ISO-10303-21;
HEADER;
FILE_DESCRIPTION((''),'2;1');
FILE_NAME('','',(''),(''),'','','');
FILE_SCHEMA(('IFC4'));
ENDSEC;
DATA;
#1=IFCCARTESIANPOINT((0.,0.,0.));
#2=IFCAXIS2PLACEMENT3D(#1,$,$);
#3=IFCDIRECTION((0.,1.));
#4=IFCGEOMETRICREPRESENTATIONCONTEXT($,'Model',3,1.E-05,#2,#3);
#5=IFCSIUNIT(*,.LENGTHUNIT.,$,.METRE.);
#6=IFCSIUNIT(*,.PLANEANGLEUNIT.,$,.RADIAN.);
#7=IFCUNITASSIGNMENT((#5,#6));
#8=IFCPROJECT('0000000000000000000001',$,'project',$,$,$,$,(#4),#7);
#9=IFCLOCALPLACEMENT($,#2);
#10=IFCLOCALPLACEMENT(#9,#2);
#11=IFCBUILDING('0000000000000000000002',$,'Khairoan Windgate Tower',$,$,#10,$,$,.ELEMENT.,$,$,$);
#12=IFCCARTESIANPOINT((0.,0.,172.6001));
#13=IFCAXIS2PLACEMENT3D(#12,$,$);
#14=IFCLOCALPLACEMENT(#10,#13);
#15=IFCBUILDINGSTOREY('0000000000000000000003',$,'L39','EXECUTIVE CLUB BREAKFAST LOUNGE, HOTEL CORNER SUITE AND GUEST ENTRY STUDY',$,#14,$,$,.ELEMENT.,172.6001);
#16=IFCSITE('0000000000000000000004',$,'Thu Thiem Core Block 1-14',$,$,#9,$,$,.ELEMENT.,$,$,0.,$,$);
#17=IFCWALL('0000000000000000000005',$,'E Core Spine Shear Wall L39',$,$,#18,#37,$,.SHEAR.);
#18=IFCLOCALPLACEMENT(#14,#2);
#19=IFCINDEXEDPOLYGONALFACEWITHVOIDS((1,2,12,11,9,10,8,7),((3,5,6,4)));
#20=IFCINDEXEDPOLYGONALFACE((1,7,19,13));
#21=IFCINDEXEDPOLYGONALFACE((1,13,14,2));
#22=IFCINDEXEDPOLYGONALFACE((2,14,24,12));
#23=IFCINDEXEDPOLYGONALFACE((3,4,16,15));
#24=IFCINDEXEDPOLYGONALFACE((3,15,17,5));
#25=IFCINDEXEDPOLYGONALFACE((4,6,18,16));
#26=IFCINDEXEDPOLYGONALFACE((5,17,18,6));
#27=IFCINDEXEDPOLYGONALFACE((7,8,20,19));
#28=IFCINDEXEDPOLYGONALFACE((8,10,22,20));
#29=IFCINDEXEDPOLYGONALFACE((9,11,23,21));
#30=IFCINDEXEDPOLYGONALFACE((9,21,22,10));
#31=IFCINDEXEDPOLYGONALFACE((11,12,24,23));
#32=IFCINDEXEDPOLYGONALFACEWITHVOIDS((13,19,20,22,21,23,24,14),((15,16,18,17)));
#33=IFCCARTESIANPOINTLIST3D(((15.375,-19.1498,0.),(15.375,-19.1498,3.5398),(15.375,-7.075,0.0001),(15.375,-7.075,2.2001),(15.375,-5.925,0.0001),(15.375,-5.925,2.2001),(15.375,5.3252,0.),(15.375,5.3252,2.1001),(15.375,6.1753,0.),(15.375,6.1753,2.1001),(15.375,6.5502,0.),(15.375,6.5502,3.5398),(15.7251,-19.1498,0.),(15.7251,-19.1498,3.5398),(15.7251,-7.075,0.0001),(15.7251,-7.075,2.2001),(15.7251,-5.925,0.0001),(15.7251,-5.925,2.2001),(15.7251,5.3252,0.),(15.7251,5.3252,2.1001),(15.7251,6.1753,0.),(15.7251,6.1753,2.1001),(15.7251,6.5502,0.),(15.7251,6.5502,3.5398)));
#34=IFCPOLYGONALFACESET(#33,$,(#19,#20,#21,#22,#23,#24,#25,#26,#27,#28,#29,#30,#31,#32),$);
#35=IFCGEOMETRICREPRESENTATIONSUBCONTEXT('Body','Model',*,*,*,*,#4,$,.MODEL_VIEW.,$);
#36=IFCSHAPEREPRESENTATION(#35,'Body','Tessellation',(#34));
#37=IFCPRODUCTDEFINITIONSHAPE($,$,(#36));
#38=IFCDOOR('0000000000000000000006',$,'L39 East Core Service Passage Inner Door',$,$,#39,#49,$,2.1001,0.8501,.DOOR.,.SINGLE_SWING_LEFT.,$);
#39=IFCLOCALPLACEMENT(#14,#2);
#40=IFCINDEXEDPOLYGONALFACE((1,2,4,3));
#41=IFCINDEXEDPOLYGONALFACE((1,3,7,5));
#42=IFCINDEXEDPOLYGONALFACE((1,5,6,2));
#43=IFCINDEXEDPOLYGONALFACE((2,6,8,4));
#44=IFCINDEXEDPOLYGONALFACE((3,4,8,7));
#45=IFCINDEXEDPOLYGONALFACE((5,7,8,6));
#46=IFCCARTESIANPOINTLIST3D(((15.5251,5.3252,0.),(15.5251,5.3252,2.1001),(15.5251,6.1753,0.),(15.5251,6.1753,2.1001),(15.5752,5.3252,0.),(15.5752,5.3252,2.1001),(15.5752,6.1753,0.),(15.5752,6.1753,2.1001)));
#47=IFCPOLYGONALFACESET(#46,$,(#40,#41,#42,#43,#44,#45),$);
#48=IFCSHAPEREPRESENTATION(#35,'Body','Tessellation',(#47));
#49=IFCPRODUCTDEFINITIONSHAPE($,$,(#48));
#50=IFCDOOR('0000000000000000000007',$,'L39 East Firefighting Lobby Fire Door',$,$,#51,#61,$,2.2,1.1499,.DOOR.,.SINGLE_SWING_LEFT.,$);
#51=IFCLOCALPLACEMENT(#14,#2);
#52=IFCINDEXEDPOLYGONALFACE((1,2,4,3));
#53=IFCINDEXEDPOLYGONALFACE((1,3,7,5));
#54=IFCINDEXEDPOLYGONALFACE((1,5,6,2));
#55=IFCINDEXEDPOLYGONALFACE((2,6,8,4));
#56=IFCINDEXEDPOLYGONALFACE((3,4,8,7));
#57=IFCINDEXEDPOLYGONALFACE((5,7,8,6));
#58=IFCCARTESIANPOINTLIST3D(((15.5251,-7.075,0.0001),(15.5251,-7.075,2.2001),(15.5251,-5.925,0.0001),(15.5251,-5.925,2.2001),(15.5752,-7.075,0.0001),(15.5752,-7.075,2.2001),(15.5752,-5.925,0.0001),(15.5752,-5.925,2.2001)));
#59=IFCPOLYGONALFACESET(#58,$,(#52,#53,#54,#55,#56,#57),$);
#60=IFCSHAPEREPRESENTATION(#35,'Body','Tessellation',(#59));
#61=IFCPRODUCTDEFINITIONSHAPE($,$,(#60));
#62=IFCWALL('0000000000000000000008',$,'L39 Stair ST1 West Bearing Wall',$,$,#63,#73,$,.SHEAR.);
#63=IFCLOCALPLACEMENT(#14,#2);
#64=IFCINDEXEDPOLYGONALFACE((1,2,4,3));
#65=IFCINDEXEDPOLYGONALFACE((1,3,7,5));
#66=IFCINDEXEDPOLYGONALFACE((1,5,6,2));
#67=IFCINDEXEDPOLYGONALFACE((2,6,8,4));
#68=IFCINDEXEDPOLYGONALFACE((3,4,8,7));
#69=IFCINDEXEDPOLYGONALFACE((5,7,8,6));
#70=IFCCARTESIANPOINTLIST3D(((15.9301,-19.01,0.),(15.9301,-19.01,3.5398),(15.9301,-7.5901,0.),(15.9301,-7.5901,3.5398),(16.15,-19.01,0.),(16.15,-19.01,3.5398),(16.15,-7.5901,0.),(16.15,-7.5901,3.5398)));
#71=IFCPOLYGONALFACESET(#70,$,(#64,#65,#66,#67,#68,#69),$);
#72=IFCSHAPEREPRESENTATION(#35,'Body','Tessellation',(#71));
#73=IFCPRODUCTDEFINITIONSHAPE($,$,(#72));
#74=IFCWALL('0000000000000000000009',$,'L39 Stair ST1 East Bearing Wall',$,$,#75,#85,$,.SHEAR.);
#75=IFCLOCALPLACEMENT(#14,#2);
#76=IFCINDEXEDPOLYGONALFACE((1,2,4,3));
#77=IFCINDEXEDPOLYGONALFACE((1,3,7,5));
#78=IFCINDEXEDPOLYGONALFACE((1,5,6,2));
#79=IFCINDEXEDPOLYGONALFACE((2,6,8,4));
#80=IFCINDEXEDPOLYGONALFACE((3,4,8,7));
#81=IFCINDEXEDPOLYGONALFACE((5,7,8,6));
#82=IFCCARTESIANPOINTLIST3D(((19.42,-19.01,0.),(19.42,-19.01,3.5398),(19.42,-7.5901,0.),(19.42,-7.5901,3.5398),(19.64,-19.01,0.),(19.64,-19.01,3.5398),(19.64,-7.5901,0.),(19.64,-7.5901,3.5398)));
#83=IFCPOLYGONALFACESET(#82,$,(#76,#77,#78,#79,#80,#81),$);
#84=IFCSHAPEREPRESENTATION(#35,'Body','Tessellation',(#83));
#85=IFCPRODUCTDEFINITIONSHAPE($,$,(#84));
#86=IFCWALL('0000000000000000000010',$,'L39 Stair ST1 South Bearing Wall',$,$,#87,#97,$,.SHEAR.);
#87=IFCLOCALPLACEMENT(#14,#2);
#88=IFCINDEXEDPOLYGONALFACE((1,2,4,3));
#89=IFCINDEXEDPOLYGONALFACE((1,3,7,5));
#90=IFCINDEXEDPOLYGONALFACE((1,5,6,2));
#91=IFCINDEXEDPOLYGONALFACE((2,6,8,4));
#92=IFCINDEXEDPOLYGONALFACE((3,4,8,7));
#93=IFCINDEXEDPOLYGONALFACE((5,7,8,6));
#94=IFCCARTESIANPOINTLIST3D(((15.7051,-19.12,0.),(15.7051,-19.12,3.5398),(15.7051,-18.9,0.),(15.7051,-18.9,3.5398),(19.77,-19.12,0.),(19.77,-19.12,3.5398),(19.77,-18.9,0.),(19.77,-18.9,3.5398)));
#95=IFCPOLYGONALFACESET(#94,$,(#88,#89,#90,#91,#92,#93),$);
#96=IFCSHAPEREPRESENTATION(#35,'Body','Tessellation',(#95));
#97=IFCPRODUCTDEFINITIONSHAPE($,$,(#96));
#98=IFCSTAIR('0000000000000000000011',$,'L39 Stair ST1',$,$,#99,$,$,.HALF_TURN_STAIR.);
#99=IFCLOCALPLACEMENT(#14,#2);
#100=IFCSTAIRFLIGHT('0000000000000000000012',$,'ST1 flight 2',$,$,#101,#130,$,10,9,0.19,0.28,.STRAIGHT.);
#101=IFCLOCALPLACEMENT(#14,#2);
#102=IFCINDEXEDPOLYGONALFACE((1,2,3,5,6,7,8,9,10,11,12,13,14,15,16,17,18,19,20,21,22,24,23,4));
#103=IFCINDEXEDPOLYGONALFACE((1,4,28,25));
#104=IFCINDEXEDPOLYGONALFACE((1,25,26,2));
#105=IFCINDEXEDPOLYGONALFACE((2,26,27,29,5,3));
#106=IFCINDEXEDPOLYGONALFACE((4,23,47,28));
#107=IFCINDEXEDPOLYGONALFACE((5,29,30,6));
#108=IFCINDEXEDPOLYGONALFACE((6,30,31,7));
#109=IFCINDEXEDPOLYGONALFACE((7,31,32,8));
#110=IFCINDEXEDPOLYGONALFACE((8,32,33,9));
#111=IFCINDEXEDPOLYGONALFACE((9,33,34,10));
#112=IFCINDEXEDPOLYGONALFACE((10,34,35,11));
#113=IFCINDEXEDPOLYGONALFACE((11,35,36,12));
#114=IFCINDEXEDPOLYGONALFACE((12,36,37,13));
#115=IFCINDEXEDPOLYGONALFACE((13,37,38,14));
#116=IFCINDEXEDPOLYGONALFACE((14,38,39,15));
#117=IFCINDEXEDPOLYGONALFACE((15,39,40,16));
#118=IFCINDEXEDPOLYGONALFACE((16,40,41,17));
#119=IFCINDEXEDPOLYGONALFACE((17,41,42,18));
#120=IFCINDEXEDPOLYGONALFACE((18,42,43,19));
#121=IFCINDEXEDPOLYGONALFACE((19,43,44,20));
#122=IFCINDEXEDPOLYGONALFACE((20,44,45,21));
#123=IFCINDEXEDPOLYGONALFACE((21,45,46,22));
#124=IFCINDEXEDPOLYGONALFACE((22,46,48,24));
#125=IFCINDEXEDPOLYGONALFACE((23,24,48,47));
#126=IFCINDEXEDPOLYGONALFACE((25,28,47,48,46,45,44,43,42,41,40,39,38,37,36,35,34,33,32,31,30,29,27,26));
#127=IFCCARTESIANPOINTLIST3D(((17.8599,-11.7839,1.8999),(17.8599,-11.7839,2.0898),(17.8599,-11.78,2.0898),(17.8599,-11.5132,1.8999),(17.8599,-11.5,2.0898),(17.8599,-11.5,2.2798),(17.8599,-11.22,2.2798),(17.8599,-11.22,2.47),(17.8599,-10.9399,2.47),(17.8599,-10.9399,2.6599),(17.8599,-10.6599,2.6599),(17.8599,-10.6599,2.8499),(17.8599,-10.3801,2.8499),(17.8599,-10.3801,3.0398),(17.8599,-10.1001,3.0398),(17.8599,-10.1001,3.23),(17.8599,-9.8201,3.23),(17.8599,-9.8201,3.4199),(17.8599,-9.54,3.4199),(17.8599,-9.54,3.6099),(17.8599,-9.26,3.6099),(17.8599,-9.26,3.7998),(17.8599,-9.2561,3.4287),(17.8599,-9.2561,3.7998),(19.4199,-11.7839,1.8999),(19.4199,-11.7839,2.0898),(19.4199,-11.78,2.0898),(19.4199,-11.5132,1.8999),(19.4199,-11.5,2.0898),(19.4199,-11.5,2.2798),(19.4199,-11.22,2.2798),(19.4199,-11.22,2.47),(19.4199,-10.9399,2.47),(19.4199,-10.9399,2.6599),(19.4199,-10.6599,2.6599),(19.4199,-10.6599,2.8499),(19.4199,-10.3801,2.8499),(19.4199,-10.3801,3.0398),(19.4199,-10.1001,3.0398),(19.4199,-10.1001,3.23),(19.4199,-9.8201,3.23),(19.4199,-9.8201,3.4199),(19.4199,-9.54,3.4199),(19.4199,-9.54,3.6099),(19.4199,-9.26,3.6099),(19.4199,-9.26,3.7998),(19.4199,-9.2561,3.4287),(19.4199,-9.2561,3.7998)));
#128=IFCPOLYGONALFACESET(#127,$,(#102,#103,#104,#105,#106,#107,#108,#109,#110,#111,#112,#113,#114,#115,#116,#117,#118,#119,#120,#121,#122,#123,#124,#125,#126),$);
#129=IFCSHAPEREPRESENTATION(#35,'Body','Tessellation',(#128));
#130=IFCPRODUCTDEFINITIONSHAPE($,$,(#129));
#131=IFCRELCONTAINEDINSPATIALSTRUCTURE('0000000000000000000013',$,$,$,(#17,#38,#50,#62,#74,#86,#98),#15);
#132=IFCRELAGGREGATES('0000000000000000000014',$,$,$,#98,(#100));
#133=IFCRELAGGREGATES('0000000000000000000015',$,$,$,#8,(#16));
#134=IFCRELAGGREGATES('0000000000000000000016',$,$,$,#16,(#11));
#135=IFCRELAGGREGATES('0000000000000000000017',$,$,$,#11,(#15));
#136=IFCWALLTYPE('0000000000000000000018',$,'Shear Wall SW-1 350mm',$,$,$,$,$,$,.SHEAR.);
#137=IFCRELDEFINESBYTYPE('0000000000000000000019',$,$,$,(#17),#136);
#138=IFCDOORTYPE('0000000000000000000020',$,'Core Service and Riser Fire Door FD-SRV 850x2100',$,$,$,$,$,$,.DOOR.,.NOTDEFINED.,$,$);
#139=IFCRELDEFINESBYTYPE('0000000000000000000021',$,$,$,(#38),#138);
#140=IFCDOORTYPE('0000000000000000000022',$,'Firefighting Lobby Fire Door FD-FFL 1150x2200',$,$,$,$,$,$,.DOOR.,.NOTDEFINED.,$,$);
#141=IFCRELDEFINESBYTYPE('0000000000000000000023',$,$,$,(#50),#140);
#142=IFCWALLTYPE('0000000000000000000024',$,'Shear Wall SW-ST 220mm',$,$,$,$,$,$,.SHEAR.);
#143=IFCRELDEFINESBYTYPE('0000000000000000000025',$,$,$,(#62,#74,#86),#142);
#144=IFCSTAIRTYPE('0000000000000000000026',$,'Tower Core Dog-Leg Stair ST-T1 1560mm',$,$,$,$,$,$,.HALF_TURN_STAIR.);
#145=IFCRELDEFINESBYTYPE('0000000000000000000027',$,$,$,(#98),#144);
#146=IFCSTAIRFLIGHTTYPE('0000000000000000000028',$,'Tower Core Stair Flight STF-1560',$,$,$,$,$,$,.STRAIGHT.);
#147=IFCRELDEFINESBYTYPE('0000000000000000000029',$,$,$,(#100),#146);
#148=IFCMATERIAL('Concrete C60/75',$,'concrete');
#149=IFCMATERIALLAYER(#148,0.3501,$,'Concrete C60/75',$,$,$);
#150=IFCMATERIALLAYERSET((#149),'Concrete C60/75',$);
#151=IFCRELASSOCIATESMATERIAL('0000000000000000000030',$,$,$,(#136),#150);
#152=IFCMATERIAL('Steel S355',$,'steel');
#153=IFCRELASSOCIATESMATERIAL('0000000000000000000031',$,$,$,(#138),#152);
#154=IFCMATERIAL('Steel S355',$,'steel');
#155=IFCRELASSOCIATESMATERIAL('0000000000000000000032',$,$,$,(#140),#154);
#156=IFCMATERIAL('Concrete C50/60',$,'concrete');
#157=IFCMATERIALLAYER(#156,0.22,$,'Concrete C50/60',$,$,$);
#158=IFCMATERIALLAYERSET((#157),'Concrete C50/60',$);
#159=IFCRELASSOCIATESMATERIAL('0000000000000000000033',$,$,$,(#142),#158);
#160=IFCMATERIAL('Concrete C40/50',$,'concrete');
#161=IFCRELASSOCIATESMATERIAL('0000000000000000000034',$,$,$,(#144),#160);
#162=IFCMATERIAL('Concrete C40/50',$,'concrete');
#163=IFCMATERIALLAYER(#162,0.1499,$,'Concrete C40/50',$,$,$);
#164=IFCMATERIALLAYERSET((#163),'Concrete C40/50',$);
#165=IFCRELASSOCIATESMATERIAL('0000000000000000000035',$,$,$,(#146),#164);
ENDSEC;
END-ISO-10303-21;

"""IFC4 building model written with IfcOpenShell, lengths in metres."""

from ifc_helpers import new_model, si_unit, direction, frame, frame_2d, origin, place, context, subcontext, project, spatial, polyline, rectangle, outline, extrude, material, layer, layer_set, type_object, element, fill, aggregate, save


model = new_model("IFC4")

# Units and contexts
model_context = context("Model", 3, precision=1e-05, world=origin(), true_north=direction((0.0, 1.0)))
body_context = subcontext(model_context, "Body", "Model", "MODEL_VIEW")
ifc_project = project(units=[si_unit("LENGTHUNIT", "METRE"), si_unit("PLANEANGLEUNIT", "RADIAN")], contexts=[model_context])

# Site, building, storey
site_placement = place(None, origin())
site = spatial("IfcSite", under=ifc_project, at=site_placement, Name="Thu Thiem Core Block 1-14", CompositionType="ELEMENT", RefElevation=0.0)
building_placement = place(site_placement, origin())
building = spatial("IfcBuilding", under=site, at=building_placement, Name="Khairoan Windgate Tower", CompositionType="ELEMENT")
storey_placement = place(building_placement, frame((0.0, 0.0, 172.6001)))
storey = spatial("IfcBuildingStorey", under=building, at=storey_placement, Name="L39", Description="EXECUTIVE CLUB BREAKFAST LOUNGE, HOTEL CORNER SUITE AND GUEST ENTRY STUDY", CompositionType="ELEMENT", Elevation=172.6001)

# Wall, openings, doors
ifc_material_1 = material(Name="Concrete C60/75", Category="concrete")
ifc_layer_1 = layer(ifc_material_1, 0.3501, Name="Concrete C60/75")
ifc_layer_set_1 = layer_set([ifc_layer_1], Name="Concrete C60/75")
wall_type_1 = type_object("IfcWallType", Name="Shear Wall SW-1 350mm", PredefinedType="SHEAR", material=ifc_layer_set_1)
wall_1_placement = place(storey_placement, frame((15.55, -19.1499, 0.0), z_axis=(0.0, 0.0, 1.0), x_axis=(0.0, 1.0, 0.0)))
wall_1 = element("IfcWall", 1, at=wall_1_placement, inside=storey, type_object=wall_type_1, Name="E Core Spine Shear Wall L39", PredefinedType="SHEAR", context=body_context, shape_type="SweptSolid", body=[
    extrude(rectangle(XDim=25.7, YDim=0.3501, at=frame_2d((12.8501, 0.0))), origin(), (0.0, 0.0, 1.0), 3.5398),
])
opening_1_placement = place(wall_1_placement, frame((12.075, 0.0, 0.0)))
opening_1 = element("IfcOpeningElement", 2, at=opening_1_placement, cuts=wall_1, PredefinedType="OPENING", context=body_context, shape_type="SweptSolid", body=[
    extrude(rectangle(XDim=1.1499, YDim=2.2, at=frame_2d((0.575, 1.1001))), frame((0.0, 0.1851, 0.0), z_axis=(0.0, -1.0, 0.0), x_axis=(1.0, 0.0, 0.0)), (0.0, 0.0, 1.0), 0.3701),
])
opening_2_placement = place(wall_1_placement, frame((24.4751, 0.0, 0.0)))
opening_2 = element("IfcOpeningElement", 3, at=opening_2_placement, cuts=wall_1, PredefinedType="OPENING", context=body_context, shape_type="SweptSolid", body=[
    extrude(rectangle(XDim=0.8501, YDim=2.1001, at=frame_2d((0.425, 1.05))), frame((0.0, 0.1851, 0.0), z_axis=(0.0, -1.0, 0.0), x_axis=(1.0, 0.0, 0.0)), (0.0, 0.0, 1.0), 0.3701),
])
ifc_material_2 = material(Name="Steel S355", Category="steel")
door_type_1 = type_object("IfcDoorType", Name="Core Service and Riser Fire Door FD-SRV 850x2100", OperationType="NOTDEFINED", PredefinedType="DOOR", material=ifc_material_2)
door_1_placement = place(opening_2_placement, origin())
door_1 = element("IfcDoor", 4, at=door_1_placement, inside=storey, type_object=door_type_1, Name="L39 East Core Service Passage Inner Door", OperationType="SINGLE_SWING_LEFT", OverallHeight=2.1001, OverallWidth=0.8501, PredefinedType="DOOR", context=body_context, shape_type="SweptSolid", body=[
    extrude(rectangle(XDim=0.8501, YDim=2.1001, at=frame_2d((0.425, 1.05))), frame((0.0, 0.0249, 0.0), z_axis=(0.0, -1.0, 0.0), x_axis=(1.0, 0.0, 0.0)), (0.0, 0.0, 1.0), 0.05),
])
fill(opening_2, door_1)
ifc_material_3 = material(Name="Steel S355", Category="steel")
door_type_2 = type_object("IfcDoorType", Name="Firefighting Lobby Fire Door FD-FFL 1150x2200", OperationType="NOTDEFINED", PredefinedType="DOOR", material=ifc_material_3)
door_2_placement = place(opening_1_placement, origin())
door_2 = element("IfcDoor", 5, at=door_2_placement, inside=storey, type_object=door_type_2, Name="L39 East Firefighting Lobby Fire Door", OperationType="SINGLE_SWING_LEFT", OverallHeight=2.2, OverallWidth=1.1499, PredefinedType="DOOR", context=body_context, shape_type="SweptSolid", body=[
    extrude(rectangle(XDim=1.1499, YDim=2.2, at=frame_2d((0.575, 1.1001))), frame((0.0, 0.0249, 0.0), z_axis=(0.0, -1.0, 0.0), x_axis=(1.0, 0.0, 0.0)), (0.0, 0.0, 1.0), 0.05),
])
fill(opening_1, door_2)

# Walls
ifc_material_4 = material(Name="Concrete C50/60", Category="concrete")
ifc_layer_2 = layer(ifc_material_4, 0.22, Name="Concrete C50/60")
ifc_layer_set_2 = layer_set([ifc_layer_2], Name="Concrete C50/60")
wall_type_2 = type_object("IfcWallType", Name="Shear Wall SW-ST 220mm", PredefinedType="SHEAR", material=ifc_layer_set_2)
for number, where, z_axis, x_axis, name in (
    (6, (16.04, -19.01, 0.0), (0.0, 0.0, 1.0), (0.0, 1.0, 0.0), "L39 Stair ST1 West Bearing Wall"),
    (7, (19.53, -19.01, 0.0), (0.0, 0.0, 1.0), (0.0, 1.0, 0.0), "L39 Stair ST1 East Bearing Wall"),
):
    element("IfcWall", number, at=place(storey_placement, frame(where, z_axis=z_axis, x_axis=x_axis)), inside=storey, type_object=wall_type_2, Name=name, PredefinedType="SHEAR", context=body_context, shape_type="SweptSolid", body=[
        extrude(rectangle(XDim=11.4199, YDim=0.22, at=frame_2d((5.71, 0.0))), origin(), (0.0, 0.0, 1.0), 3.5398),
    ])
wall_2_placement = place(storey_placement, frame((15.7051, -19.01, 0.0), z_axis=(0.0, 0.0, 1.0), x_axis=(1.0, 0.0, 0.0)))
element("IfcWall", 8, at=wall_2_placement, inside=storey, type_object=wall_type_2, Name="L39 Stair ST1 South Bearing Wall", PredefinedType="SHEAR", context=body_context, shape_type="SweptSolid", body=[
    extrude(rectangle(XDim=4.0649, YDim=0.22, at=frame_2d((2.0325, 0.0))), origin(), (0.0, 0.0, 1.0), 3.5398),
])

# Stair, stair flight
ifc_material_5 = material(Name="Concrete C40/50", Category="concrete")
stair_type = type_object("IfcStairType", Name="Tower Core Dog-Leg Stair ST-T1 1560mm", PredefinedType="HALF_TURN_STAIR", material=ifc_material_5)
stair_placement = place(storey_placement, origin())
stair = element("IfcStair", 9, at=stair_placement, inside=storey, type_object=stair_type, Name="L39 Stair ST1", PredefinedType="HALF_TURN_STAIR")
ifc_material_6 = material(Name="Concrete C40/50", Category="concrete")
ifc_layer_3 = layer(ifc_material_6, 0.1499, Name="Concrete C40/50")
ifc_layer_set_3 = layer_set([ifc_layer_3], Name="Concrete C40/50")
stair_flight_type = type_object("IfcStairFlightType", Name="Tower Core Stair Flight STF-1560", PredefinedType="STRAIGHT", material=ifc_layer_set_3)
stair_flight_placement = place(storey_placement, frame((18.6399, -11.78, 1.8999), z_axis=(0.0, 0.0, 1.0), x_axis=(0.0, 1.0, 0.0)))
stair_flight = element("IfcStairFlight", 10, at=stair_flight_placement, type_object=stair_flight_type, Name="ST1 flight 2", NumberOfRisers=10, NumberOfTreads=9, PredefinedType="STRAIGHT", RiserHeight=0.19, TreadLength=0.28, context=body_context, shape_type="SweptSolid", body=[
    extrude(outline(polyline([(-0.0039, 0.0), (-0.0039, 0.1899), (0.0, 0.1899), (0.28, 0.1899), (0.28, 0.3799), (0.5601, 0.3799), (0.5601, 0.5701), (0.8401, 0.5701), (0.8401, 0.76), (1.1201, 0.76), (1.1201, 0.95), (1.3999, 0.95), (1.3999, 1.1399), (1.6799, 1.1399), (1.6799, 1.3301), (1.96, 1.3301), (1.96, 1.52), (2.24, 1.52), (2.24, 1.71), (2.52, 1.71), (2.52, 1.8999), (2.5239, 1.8999), (2.5239, 1.5288), (0.2668, 0.0), (-0.0039, 0.0)])), frame((0.0, 0.78, 0.0), z_axis=(0.0, -1.0, 0.0), x_axis=(1.0, 0.0, 0.0)), (0.0, 0.0, 1.0), 1.5601),
])
aggregate(stair, [stair_flight])

save(model, "model.ifc")
